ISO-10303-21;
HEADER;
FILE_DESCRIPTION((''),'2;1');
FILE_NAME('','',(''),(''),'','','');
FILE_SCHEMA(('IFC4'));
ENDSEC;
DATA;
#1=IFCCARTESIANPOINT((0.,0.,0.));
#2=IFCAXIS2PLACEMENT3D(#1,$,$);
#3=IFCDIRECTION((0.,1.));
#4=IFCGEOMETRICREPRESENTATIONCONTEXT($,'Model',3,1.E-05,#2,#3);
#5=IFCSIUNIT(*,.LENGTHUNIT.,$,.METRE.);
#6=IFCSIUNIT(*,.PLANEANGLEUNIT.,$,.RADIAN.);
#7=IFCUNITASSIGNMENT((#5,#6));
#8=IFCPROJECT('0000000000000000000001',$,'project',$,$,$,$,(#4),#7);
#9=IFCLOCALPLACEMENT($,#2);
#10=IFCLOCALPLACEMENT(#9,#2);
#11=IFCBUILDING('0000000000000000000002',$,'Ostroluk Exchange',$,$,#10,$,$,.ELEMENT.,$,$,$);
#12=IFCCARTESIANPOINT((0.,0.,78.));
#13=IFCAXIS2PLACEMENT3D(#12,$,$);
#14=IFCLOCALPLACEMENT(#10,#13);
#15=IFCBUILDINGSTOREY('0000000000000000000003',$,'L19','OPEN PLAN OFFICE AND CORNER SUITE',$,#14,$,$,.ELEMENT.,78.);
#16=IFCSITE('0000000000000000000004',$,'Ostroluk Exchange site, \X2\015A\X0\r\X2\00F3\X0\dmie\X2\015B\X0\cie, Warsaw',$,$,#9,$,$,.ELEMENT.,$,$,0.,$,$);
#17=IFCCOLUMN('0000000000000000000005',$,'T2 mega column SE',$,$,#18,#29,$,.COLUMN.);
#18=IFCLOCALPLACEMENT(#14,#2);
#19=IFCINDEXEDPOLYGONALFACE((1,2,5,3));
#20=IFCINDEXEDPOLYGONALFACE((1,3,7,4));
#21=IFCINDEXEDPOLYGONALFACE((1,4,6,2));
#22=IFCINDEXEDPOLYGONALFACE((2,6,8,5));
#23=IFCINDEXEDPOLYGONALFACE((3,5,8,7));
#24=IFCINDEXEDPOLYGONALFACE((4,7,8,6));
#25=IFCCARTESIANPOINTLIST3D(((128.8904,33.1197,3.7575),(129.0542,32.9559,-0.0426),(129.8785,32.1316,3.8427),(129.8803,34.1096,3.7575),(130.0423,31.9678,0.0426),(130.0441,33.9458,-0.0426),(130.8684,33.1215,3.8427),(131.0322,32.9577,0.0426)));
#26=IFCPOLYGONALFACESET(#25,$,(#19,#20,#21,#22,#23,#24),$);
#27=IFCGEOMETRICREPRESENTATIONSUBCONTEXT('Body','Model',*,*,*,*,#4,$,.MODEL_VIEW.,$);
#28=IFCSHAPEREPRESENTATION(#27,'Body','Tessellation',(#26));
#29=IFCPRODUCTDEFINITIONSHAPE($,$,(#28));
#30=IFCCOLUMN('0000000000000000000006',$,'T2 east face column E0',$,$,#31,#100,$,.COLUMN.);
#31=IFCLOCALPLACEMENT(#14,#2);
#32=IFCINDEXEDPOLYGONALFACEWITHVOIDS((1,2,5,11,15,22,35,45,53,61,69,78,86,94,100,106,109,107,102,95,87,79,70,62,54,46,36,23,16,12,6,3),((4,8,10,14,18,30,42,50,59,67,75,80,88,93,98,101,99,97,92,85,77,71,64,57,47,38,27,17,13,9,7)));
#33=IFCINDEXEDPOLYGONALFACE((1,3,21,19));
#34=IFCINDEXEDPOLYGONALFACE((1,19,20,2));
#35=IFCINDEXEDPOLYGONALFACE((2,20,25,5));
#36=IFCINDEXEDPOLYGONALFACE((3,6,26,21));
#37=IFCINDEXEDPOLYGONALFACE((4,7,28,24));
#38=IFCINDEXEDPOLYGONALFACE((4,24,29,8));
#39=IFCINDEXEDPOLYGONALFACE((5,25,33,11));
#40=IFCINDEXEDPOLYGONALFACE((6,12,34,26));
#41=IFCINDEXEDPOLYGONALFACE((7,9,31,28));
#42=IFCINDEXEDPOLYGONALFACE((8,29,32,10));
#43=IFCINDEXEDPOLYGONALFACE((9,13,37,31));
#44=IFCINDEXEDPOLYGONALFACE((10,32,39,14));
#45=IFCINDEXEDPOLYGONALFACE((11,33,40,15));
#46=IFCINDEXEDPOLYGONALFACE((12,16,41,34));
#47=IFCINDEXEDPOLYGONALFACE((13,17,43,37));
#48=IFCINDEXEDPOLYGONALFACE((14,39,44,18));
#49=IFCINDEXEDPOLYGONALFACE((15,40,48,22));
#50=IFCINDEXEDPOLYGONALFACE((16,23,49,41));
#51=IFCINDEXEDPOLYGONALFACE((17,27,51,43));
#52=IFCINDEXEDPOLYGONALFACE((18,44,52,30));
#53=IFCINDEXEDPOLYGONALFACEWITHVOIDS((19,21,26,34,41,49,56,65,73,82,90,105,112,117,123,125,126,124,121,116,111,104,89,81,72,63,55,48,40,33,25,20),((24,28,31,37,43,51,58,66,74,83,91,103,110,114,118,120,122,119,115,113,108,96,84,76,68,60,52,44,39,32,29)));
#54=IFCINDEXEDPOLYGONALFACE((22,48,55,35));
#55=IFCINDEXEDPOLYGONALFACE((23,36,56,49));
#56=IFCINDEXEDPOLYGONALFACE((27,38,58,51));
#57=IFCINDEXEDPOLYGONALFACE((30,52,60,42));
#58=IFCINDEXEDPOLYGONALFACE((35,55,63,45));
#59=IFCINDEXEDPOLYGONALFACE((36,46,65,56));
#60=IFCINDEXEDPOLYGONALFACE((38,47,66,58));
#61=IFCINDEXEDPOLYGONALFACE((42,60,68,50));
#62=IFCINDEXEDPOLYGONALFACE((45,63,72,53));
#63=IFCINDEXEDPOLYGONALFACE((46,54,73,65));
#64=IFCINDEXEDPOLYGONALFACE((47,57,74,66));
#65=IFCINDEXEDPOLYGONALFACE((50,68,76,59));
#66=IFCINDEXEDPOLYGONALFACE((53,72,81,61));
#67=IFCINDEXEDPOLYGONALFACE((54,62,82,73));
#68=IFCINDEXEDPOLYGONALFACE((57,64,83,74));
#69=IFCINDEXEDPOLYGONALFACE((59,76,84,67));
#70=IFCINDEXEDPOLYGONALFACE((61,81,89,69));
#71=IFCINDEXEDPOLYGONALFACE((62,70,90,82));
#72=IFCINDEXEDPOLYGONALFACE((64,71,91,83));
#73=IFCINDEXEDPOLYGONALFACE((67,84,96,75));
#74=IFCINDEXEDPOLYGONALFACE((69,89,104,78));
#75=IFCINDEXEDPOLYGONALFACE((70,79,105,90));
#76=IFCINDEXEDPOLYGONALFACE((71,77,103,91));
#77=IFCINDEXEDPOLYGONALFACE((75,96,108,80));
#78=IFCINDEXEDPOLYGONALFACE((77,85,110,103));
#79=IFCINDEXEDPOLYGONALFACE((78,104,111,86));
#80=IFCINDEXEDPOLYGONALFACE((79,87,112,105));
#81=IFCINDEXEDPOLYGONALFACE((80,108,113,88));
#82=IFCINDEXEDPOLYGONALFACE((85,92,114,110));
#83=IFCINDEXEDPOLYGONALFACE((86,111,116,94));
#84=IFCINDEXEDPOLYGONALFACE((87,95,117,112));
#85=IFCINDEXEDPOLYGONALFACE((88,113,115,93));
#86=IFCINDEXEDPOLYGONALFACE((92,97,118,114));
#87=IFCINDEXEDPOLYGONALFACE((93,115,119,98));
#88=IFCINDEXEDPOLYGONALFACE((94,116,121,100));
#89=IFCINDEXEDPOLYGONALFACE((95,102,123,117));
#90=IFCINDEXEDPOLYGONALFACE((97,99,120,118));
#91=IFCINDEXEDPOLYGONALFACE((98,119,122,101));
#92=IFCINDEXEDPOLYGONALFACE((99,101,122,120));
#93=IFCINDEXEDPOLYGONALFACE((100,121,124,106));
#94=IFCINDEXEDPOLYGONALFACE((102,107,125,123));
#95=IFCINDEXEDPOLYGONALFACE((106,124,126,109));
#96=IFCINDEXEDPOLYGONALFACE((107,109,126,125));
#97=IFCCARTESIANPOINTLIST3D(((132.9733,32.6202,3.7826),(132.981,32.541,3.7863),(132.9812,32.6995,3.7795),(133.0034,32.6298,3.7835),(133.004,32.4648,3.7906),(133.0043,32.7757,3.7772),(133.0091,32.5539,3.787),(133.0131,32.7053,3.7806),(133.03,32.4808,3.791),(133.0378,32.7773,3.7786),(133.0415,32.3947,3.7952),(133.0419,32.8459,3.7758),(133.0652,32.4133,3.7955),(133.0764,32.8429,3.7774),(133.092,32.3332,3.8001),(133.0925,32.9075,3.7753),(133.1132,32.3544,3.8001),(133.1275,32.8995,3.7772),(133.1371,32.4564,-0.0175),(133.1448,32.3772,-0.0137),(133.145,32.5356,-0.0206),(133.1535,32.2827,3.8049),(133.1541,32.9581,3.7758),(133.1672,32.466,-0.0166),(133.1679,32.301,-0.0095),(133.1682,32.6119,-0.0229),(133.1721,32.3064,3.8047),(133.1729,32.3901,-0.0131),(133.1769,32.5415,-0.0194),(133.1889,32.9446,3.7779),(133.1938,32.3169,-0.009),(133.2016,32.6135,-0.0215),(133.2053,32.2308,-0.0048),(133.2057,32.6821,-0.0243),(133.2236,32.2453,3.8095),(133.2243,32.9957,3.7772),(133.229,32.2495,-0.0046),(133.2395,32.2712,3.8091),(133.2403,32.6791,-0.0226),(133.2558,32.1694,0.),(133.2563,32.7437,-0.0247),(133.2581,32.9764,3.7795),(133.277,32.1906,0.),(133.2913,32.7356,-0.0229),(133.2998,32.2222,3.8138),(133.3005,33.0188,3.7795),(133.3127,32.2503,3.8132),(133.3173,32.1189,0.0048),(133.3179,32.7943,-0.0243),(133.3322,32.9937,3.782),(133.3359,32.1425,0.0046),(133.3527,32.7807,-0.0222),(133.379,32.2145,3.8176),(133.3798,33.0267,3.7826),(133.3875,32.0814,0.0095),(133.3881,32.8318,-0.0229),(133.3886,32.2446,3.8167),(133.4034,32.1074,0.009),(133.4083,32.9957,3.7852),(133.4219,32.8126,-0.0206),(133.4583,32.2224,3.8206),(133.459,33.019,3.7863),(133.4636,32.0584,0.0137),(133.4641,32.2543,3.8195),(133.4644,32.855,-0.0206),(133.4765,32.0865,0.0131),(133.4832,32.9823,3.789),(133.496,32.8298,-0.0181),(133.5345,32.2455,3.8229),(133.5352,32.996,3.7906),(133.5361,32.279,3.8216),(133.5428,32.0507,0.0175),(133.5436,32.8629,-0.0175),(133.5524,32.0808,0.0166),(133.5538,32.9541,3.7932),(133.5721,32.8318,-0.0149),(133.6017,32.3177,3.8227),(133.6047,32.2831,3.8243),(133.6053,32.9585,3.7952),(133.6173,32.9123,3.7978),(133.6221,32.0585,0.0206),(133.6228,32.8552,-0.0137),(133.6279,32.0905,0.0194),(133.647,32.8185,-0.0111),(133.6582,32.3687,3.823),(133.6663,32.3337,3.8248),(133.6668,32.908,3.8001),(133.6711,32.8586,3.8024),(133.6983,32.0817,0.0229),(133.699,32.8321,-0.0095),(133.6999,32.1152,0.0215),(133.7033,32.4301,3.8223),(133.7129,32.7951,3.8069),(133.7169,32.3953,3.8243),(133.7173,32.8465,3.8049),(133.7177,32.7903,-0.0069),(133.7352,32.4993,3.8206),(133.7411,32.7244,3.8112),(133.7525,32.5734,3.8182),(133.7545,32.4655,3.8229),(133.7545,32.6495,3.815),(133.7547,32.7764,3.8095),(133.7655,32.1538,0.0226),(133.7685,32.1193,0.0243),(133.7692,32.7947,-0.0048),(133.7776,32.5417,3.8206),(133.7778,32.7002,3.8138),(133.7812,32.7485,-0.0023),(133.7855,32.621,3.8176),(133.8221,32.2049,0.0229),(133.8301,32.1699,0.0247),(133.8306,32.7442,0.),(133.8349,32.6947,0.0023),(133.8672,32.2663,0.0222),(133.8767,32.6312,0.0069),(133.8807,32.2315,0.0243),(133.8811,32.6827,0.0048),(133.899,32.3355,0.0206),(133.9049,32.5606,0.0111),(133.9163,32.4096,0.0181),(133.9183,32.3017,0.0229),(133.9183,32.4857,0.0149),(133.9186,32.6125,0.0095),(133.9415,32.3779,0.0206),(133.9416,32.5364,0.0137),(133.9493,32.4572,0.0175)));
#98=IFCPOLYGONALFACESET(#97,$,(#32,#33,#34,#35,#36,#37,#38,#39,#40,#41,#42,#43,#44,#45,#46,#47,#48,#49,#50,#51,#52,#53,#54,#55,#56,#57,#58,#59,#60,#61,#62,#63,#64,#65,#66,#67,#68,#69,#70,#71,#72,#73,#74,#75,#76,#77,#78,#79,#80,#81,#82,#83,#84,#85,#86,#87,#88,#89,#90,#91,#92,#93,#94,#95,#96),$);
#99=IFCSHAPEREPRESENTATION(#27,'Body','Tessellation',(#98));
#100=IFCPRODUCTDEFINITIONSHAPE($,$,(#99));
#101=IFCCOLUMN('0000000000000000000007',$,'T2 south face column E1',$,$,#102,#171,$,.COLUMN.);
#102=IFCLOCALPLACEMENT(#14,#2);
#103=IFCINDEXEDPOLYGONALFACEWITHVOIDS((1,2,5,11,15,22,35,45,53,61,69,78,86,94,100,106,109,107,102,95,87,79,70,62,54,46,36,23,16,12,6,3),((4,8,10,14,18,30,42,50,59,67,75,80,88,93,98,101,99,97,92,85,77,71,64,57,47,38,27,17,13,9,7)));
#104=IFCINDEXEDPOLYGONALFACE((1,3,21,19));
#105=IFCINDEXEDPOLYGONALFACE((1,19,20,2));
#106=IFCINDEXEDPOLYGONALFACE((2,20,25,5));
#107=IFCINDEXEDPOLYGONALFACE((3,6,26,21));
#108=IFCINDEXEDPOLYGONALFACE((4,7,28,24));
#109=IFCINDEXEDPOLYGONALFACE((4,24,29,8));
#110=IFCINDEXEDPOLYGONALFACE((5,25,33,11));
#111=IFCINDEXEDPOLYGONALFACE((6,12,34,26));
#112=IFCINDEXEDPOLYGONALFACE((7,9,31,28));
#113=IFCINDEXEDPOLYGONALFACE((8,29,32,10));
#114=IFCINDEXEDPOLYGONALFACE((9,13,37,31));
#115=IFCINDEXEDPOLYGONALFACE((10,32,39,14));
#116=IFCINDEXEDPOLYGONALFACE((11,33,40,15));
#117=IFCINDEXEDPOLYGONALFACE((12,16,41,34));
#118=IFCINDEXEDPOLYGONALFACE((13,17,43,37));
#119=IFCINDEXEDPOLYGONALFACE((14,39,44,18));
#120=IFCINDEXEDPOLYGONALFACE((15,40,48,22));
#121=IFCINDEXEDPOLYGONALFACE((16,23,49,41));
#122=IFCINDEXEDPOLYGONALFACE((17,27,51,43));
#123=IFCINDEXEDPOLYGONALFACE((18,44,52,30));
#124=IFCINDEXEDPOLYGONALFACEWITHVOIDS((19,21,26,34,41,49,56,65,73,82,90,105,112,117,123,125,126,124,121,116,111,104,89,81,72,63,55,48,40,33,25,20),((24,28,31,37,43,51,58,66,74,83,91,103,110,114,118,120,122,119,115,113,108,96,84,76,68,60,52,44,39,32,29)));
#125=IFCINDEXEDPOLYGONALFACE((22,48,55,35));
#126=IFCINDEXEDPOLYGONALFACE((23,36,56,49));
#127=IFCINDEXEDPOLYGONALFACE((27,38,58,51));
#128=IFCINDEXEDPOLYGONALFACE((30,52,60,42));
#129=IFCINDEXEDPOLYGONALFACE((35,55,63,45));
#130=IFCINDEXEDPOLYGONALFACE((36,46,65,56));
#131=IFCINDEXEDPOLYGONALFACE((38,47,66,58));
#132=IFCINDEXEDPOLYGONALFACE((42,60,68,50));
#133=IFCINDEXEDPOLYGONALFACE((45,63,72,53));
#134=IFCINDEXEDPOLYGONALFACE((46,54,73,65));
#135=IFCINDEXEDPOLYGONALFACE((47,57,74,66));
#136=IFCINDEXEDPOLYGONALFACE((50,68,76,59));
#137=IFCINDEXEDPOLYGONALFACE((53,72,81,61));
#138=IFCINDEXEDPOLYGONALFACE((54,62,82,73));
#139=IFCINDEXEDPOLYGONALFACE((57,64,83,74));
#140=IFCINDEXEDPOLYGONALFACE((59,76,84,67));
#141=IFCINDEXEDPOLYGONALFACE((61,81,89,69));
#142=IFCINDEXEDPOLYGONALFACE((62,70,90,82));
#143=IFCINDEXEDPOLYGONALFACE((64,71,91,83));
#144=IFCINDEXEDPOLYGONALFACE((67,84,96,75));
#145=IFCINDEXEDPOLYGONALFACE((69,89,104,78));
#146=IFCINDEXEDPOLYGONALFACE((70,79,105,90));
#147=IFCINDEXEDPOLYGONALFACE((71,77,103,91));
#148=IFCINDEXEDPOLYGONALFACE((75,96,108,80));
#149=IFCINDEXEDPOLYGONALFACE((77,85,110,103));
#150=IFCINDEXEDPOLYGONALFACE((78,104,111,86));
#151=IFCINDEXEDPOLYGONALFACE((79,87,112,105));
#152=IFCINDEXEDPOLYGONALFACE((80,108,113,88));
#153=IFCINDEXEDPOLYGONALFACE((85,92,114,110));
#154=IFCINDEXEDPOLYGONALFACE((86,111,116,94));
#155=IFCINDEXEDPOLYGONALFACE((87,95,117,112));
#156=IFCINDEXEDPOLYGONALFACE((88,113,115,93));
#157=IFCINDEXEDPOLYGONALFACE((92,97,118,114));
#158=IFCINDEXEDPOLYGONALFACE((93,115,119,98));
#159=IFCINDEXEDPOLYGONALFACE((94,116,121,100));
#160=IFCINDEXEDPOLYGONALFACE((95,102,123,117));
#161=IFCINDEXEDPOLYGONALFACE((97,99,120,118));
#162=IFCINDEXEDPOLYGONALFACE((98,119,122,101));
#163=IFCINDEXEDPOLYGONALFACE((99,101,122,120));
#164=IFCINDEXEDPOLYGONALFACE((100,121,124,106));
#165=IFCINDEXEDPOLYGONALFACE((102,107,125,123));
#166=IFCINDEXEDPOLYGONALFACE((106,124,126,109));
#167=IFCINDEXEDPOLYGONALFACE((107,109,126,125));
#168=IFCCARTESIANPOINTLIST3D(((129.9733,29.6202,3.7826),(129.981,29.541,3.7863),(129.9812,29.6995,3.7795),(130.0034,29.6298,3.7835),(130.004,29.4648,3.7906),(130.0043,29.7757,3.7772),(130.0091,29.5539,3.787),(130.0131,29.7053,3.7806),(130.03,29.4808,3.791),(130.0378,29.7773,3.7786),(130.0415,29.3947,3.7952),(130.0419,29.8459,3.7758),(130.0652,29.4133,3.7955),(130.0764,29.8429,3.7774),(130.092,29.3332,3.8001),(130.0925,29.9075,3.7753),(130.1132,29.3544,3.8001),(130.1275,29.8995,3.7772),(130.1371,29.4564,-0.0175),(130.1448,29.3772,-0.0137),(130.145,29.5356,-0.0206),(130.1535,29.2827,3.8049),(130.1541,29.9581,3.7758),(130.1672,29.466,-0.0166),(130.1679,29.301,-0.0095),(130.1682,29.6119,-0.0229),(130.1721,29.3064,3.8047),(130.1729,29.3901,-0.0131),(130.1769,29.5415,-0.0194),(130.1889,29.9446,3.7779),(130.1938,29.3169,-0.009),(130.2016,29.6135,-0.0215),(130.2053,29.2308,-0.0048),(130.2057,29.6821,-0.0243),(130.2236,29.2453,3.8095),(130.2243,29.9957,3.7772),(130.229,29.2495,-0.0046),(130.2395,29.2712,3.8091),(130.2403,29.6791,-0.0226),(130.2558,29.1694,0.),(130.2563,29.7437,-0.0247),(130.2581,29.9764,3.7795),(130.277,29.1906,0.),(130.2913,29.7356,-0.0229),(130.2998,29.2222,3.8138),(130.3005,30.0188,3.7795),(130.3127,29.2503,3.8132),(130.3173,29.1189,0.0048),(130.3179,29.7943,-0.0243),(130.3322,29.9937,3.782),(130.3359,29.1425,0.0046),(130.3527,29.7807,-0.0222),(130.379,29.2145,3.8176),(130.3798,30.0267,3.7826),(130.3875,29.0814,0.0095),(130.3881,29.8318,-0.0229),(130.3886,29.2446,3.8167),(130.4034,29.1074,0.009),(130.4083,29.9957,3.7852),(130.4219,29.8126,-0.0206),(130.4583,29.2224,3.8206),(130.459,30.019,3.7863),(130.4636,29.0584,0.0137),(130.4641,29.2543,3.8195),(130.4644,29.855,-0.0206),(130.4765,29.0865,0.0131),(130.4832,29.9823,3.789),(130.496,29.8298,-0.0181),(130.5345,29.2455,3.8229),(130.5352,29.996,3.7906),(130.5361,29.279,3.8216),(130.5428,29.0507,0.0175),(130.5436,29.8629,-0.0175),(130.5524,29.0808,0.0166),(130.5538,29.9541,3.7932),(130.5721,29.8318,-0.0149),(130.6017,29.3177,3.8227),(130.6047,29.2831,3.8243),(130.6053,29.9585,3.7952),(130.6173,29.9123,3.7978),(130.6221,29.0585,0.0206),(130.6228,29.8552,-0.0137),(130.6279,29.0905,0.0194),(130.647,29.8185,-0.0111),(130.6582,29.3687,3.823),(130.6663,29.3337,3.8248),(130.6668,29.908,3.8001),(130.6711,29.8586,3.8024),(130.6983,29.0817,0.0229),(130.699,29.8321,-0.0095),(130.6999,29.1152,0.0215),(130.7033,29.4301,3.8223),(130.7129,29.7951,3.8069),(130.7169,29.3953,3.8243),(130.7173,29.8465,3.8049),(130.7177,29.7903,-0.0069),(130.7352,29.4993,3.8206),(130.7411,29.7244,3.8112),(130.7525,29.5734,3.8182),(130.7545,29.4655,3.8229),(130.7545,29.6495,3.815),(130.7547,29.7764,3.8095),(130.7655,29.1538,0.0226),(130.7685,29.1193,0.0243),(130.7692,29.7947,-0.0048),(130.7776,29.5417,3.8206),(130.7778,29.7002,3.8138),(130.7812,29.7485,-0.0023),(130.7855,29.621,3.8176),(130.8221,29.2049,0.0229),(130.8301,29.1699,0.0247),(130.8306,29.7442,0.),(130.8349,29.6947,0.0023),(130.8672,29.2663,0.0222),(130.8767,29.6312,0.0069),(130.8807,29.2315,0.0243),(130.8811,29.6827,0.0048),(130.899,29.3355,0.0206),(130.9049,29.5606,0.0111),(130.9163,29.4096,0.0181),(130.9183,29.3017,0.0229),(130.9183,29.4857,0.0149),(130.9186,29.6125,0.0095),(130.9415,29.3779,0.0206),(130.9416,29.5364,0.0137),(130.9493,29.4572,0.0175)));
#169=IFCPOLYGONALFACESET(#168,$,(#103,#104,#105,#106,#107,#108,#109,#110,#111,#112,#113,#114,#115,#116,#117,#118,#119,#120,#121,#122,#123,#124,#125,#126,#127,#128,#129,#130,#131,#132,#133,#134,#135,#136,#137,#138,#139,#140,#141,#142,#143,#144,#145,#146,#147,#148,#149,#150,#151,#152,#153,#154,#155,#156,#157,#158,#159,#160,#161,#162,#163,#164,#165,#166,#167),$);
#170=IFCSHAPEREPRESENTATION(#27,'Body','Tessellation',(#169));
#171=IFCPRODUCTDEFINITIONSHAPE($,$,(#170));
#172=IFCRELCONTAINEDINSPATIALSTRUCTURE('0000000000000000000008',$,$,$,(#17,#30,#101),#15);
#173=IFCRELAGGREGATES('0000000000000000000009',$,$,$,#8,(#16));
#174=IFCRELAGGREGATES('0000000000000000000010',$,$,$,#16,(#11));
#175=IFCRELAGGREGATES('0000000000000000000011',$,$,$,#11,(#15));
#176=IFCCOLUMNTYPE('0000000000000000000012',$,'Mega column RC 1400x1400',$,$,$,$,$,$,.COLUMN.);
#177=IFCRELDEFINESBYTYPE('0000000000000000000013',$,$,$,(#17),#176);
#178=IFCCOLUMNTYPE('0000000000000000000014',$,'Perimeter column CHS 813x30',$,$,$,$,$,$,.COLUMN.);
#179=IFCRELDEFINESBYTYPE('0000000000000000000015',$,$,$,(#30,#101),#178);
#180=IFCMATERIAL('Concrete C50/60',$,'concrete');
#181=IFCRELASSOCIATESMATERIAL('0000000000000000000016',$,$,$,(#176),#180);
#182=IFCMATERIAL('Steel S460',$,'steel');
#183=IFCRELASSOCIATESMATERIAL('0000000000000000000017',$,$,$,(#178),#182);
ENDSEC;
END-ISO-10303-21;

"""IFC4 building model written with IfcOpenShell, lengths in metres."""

from ifc_helpers import new_model, si_unit, direction, frame, origin, origin_2d, place, context, subcontext, project, spatial, rectangle, hollow_circle, extrude, material, material_profile, profile_set, type_object, element, save


model = new_model("IFC4")

# Units and contexts
model_context = context("Model", 3, precision=1e-05, world=origin(), true_north=direction((0.0, 1.0)))
body_context = subcontext(model_context, "Body", "Model", "MODEL_VIEW")
ifc_project = project(units=[si_unit("LENGTHUNIT", "METRE"), si_unit("PLANEANGLEUNIT", "RADIAN")], contexts=[model_context])

# Site, building, storey
site_placement = place(None, origin())
site = spatial("IfcSite", under=ifc_project, at=site_placement, Name="Ostroluk Exchange site, Śródmieście, Warsaw", CompositionType="ELEMENT", RefElevation=0.0)
building_placement = place(site_placement, origin())
building = spatial("IfcBuilding", under=site, at=building_placement, Name="Ostroluk Exchange", CompositionType="ELEMENT")
storey_placement = place(building_placement, frame((0.0, 0.0, 78.0)))
storey = spatial("IfcBuildingStorey", under=building, at=storey_placement, Name="L19", Description="OPEN PLAN OFFICE AND CORNER SUITE", CompositionType="ELEMENT", Elevation=78.0)

# Columns
ifc_material_1 = material(Name="Concrete C50/60", Category="concrete")
ifc_material_profile_1 = material_profile(ifc_material_1, rectangle(XDim=1.3999, YDim=1.3999, at=origin_2d()), Name="RC 1400x1400")
ifc_profile_set_1 = profile_set([ifc_material_profile_1], Name="Concrete C50/60")
column_type_1 = type_object("IfcColumnType", Name="Mega column RC 1400x1400", PredefinedType="COLUMN", material=ifc_profile_set_1)
column_placement = place(storey_placement, frame((130.0432, 32.9568, 0.0), z_axis=(-0.04303, 0.04303, 0.998147), x_axis=(-0.707107, -0.707107, 0.0)))
element("IfcColumn", 1, at=column_placement, inside=storey, type_object=column_type_1, Name="T2 mega column SE", PredefinedType="COLUMN", context=body_context, shape_type="SweptSolid", body=[
    extrude(rectangle(XDim=1.3999, YDim=1.3999, at=origin_2d()), origin(), (0.0, 0.0, 1.0), 3.8071),
])
ifc_material_2 = material(Name="Steel S460", Category="steel")
ifc_material_profile_2 = material_profile(ifc_material_2, hollow_circle(Radius=0.4065, WallThickness=0.03, at=origin_2d()), Name="CHS 813x30")
ifc_profile_set_2 = profile_set([ifc_material_profile_2], Name="Steel S460")
column_type_2 = type_object("IfcColumnType", Name="Perimeter column CHS 813x30", PredefinedType="COLUMN", material=ifc_profile_set_2)
for number, where, z_axis, x_axis, name in (
    (2, (133.5432, 32.4568, 0.0), (-0.04303, 0.04303, 0.998147), (-0.707107, -0.707107, 0.0), "T2 east face column E0"),
    (3, (130.5432, 29.4568, 0.0), (-0.04303, 0.04303, 0.998147), (-0.707107, -0.707107, 0.0), "T2 south face column E1"),
):
    element("IfcColumn", number, at=place(storey_placement, frame(where, z_axis=z_axis, x_axis=x_axis)), inside=storey, type_object=column_type_2, Name=name, PredefinedType="COLUMN", context=body_context, shape_type="SweptSolid", body=[
        extrude(hollow_circle(Radius=0.4065, WallThickness=0.03, at=origin_2d()), origin(), (0.0, 0.0, 1.0), 3.8071),
    ])

save(model, "model.ifc")
